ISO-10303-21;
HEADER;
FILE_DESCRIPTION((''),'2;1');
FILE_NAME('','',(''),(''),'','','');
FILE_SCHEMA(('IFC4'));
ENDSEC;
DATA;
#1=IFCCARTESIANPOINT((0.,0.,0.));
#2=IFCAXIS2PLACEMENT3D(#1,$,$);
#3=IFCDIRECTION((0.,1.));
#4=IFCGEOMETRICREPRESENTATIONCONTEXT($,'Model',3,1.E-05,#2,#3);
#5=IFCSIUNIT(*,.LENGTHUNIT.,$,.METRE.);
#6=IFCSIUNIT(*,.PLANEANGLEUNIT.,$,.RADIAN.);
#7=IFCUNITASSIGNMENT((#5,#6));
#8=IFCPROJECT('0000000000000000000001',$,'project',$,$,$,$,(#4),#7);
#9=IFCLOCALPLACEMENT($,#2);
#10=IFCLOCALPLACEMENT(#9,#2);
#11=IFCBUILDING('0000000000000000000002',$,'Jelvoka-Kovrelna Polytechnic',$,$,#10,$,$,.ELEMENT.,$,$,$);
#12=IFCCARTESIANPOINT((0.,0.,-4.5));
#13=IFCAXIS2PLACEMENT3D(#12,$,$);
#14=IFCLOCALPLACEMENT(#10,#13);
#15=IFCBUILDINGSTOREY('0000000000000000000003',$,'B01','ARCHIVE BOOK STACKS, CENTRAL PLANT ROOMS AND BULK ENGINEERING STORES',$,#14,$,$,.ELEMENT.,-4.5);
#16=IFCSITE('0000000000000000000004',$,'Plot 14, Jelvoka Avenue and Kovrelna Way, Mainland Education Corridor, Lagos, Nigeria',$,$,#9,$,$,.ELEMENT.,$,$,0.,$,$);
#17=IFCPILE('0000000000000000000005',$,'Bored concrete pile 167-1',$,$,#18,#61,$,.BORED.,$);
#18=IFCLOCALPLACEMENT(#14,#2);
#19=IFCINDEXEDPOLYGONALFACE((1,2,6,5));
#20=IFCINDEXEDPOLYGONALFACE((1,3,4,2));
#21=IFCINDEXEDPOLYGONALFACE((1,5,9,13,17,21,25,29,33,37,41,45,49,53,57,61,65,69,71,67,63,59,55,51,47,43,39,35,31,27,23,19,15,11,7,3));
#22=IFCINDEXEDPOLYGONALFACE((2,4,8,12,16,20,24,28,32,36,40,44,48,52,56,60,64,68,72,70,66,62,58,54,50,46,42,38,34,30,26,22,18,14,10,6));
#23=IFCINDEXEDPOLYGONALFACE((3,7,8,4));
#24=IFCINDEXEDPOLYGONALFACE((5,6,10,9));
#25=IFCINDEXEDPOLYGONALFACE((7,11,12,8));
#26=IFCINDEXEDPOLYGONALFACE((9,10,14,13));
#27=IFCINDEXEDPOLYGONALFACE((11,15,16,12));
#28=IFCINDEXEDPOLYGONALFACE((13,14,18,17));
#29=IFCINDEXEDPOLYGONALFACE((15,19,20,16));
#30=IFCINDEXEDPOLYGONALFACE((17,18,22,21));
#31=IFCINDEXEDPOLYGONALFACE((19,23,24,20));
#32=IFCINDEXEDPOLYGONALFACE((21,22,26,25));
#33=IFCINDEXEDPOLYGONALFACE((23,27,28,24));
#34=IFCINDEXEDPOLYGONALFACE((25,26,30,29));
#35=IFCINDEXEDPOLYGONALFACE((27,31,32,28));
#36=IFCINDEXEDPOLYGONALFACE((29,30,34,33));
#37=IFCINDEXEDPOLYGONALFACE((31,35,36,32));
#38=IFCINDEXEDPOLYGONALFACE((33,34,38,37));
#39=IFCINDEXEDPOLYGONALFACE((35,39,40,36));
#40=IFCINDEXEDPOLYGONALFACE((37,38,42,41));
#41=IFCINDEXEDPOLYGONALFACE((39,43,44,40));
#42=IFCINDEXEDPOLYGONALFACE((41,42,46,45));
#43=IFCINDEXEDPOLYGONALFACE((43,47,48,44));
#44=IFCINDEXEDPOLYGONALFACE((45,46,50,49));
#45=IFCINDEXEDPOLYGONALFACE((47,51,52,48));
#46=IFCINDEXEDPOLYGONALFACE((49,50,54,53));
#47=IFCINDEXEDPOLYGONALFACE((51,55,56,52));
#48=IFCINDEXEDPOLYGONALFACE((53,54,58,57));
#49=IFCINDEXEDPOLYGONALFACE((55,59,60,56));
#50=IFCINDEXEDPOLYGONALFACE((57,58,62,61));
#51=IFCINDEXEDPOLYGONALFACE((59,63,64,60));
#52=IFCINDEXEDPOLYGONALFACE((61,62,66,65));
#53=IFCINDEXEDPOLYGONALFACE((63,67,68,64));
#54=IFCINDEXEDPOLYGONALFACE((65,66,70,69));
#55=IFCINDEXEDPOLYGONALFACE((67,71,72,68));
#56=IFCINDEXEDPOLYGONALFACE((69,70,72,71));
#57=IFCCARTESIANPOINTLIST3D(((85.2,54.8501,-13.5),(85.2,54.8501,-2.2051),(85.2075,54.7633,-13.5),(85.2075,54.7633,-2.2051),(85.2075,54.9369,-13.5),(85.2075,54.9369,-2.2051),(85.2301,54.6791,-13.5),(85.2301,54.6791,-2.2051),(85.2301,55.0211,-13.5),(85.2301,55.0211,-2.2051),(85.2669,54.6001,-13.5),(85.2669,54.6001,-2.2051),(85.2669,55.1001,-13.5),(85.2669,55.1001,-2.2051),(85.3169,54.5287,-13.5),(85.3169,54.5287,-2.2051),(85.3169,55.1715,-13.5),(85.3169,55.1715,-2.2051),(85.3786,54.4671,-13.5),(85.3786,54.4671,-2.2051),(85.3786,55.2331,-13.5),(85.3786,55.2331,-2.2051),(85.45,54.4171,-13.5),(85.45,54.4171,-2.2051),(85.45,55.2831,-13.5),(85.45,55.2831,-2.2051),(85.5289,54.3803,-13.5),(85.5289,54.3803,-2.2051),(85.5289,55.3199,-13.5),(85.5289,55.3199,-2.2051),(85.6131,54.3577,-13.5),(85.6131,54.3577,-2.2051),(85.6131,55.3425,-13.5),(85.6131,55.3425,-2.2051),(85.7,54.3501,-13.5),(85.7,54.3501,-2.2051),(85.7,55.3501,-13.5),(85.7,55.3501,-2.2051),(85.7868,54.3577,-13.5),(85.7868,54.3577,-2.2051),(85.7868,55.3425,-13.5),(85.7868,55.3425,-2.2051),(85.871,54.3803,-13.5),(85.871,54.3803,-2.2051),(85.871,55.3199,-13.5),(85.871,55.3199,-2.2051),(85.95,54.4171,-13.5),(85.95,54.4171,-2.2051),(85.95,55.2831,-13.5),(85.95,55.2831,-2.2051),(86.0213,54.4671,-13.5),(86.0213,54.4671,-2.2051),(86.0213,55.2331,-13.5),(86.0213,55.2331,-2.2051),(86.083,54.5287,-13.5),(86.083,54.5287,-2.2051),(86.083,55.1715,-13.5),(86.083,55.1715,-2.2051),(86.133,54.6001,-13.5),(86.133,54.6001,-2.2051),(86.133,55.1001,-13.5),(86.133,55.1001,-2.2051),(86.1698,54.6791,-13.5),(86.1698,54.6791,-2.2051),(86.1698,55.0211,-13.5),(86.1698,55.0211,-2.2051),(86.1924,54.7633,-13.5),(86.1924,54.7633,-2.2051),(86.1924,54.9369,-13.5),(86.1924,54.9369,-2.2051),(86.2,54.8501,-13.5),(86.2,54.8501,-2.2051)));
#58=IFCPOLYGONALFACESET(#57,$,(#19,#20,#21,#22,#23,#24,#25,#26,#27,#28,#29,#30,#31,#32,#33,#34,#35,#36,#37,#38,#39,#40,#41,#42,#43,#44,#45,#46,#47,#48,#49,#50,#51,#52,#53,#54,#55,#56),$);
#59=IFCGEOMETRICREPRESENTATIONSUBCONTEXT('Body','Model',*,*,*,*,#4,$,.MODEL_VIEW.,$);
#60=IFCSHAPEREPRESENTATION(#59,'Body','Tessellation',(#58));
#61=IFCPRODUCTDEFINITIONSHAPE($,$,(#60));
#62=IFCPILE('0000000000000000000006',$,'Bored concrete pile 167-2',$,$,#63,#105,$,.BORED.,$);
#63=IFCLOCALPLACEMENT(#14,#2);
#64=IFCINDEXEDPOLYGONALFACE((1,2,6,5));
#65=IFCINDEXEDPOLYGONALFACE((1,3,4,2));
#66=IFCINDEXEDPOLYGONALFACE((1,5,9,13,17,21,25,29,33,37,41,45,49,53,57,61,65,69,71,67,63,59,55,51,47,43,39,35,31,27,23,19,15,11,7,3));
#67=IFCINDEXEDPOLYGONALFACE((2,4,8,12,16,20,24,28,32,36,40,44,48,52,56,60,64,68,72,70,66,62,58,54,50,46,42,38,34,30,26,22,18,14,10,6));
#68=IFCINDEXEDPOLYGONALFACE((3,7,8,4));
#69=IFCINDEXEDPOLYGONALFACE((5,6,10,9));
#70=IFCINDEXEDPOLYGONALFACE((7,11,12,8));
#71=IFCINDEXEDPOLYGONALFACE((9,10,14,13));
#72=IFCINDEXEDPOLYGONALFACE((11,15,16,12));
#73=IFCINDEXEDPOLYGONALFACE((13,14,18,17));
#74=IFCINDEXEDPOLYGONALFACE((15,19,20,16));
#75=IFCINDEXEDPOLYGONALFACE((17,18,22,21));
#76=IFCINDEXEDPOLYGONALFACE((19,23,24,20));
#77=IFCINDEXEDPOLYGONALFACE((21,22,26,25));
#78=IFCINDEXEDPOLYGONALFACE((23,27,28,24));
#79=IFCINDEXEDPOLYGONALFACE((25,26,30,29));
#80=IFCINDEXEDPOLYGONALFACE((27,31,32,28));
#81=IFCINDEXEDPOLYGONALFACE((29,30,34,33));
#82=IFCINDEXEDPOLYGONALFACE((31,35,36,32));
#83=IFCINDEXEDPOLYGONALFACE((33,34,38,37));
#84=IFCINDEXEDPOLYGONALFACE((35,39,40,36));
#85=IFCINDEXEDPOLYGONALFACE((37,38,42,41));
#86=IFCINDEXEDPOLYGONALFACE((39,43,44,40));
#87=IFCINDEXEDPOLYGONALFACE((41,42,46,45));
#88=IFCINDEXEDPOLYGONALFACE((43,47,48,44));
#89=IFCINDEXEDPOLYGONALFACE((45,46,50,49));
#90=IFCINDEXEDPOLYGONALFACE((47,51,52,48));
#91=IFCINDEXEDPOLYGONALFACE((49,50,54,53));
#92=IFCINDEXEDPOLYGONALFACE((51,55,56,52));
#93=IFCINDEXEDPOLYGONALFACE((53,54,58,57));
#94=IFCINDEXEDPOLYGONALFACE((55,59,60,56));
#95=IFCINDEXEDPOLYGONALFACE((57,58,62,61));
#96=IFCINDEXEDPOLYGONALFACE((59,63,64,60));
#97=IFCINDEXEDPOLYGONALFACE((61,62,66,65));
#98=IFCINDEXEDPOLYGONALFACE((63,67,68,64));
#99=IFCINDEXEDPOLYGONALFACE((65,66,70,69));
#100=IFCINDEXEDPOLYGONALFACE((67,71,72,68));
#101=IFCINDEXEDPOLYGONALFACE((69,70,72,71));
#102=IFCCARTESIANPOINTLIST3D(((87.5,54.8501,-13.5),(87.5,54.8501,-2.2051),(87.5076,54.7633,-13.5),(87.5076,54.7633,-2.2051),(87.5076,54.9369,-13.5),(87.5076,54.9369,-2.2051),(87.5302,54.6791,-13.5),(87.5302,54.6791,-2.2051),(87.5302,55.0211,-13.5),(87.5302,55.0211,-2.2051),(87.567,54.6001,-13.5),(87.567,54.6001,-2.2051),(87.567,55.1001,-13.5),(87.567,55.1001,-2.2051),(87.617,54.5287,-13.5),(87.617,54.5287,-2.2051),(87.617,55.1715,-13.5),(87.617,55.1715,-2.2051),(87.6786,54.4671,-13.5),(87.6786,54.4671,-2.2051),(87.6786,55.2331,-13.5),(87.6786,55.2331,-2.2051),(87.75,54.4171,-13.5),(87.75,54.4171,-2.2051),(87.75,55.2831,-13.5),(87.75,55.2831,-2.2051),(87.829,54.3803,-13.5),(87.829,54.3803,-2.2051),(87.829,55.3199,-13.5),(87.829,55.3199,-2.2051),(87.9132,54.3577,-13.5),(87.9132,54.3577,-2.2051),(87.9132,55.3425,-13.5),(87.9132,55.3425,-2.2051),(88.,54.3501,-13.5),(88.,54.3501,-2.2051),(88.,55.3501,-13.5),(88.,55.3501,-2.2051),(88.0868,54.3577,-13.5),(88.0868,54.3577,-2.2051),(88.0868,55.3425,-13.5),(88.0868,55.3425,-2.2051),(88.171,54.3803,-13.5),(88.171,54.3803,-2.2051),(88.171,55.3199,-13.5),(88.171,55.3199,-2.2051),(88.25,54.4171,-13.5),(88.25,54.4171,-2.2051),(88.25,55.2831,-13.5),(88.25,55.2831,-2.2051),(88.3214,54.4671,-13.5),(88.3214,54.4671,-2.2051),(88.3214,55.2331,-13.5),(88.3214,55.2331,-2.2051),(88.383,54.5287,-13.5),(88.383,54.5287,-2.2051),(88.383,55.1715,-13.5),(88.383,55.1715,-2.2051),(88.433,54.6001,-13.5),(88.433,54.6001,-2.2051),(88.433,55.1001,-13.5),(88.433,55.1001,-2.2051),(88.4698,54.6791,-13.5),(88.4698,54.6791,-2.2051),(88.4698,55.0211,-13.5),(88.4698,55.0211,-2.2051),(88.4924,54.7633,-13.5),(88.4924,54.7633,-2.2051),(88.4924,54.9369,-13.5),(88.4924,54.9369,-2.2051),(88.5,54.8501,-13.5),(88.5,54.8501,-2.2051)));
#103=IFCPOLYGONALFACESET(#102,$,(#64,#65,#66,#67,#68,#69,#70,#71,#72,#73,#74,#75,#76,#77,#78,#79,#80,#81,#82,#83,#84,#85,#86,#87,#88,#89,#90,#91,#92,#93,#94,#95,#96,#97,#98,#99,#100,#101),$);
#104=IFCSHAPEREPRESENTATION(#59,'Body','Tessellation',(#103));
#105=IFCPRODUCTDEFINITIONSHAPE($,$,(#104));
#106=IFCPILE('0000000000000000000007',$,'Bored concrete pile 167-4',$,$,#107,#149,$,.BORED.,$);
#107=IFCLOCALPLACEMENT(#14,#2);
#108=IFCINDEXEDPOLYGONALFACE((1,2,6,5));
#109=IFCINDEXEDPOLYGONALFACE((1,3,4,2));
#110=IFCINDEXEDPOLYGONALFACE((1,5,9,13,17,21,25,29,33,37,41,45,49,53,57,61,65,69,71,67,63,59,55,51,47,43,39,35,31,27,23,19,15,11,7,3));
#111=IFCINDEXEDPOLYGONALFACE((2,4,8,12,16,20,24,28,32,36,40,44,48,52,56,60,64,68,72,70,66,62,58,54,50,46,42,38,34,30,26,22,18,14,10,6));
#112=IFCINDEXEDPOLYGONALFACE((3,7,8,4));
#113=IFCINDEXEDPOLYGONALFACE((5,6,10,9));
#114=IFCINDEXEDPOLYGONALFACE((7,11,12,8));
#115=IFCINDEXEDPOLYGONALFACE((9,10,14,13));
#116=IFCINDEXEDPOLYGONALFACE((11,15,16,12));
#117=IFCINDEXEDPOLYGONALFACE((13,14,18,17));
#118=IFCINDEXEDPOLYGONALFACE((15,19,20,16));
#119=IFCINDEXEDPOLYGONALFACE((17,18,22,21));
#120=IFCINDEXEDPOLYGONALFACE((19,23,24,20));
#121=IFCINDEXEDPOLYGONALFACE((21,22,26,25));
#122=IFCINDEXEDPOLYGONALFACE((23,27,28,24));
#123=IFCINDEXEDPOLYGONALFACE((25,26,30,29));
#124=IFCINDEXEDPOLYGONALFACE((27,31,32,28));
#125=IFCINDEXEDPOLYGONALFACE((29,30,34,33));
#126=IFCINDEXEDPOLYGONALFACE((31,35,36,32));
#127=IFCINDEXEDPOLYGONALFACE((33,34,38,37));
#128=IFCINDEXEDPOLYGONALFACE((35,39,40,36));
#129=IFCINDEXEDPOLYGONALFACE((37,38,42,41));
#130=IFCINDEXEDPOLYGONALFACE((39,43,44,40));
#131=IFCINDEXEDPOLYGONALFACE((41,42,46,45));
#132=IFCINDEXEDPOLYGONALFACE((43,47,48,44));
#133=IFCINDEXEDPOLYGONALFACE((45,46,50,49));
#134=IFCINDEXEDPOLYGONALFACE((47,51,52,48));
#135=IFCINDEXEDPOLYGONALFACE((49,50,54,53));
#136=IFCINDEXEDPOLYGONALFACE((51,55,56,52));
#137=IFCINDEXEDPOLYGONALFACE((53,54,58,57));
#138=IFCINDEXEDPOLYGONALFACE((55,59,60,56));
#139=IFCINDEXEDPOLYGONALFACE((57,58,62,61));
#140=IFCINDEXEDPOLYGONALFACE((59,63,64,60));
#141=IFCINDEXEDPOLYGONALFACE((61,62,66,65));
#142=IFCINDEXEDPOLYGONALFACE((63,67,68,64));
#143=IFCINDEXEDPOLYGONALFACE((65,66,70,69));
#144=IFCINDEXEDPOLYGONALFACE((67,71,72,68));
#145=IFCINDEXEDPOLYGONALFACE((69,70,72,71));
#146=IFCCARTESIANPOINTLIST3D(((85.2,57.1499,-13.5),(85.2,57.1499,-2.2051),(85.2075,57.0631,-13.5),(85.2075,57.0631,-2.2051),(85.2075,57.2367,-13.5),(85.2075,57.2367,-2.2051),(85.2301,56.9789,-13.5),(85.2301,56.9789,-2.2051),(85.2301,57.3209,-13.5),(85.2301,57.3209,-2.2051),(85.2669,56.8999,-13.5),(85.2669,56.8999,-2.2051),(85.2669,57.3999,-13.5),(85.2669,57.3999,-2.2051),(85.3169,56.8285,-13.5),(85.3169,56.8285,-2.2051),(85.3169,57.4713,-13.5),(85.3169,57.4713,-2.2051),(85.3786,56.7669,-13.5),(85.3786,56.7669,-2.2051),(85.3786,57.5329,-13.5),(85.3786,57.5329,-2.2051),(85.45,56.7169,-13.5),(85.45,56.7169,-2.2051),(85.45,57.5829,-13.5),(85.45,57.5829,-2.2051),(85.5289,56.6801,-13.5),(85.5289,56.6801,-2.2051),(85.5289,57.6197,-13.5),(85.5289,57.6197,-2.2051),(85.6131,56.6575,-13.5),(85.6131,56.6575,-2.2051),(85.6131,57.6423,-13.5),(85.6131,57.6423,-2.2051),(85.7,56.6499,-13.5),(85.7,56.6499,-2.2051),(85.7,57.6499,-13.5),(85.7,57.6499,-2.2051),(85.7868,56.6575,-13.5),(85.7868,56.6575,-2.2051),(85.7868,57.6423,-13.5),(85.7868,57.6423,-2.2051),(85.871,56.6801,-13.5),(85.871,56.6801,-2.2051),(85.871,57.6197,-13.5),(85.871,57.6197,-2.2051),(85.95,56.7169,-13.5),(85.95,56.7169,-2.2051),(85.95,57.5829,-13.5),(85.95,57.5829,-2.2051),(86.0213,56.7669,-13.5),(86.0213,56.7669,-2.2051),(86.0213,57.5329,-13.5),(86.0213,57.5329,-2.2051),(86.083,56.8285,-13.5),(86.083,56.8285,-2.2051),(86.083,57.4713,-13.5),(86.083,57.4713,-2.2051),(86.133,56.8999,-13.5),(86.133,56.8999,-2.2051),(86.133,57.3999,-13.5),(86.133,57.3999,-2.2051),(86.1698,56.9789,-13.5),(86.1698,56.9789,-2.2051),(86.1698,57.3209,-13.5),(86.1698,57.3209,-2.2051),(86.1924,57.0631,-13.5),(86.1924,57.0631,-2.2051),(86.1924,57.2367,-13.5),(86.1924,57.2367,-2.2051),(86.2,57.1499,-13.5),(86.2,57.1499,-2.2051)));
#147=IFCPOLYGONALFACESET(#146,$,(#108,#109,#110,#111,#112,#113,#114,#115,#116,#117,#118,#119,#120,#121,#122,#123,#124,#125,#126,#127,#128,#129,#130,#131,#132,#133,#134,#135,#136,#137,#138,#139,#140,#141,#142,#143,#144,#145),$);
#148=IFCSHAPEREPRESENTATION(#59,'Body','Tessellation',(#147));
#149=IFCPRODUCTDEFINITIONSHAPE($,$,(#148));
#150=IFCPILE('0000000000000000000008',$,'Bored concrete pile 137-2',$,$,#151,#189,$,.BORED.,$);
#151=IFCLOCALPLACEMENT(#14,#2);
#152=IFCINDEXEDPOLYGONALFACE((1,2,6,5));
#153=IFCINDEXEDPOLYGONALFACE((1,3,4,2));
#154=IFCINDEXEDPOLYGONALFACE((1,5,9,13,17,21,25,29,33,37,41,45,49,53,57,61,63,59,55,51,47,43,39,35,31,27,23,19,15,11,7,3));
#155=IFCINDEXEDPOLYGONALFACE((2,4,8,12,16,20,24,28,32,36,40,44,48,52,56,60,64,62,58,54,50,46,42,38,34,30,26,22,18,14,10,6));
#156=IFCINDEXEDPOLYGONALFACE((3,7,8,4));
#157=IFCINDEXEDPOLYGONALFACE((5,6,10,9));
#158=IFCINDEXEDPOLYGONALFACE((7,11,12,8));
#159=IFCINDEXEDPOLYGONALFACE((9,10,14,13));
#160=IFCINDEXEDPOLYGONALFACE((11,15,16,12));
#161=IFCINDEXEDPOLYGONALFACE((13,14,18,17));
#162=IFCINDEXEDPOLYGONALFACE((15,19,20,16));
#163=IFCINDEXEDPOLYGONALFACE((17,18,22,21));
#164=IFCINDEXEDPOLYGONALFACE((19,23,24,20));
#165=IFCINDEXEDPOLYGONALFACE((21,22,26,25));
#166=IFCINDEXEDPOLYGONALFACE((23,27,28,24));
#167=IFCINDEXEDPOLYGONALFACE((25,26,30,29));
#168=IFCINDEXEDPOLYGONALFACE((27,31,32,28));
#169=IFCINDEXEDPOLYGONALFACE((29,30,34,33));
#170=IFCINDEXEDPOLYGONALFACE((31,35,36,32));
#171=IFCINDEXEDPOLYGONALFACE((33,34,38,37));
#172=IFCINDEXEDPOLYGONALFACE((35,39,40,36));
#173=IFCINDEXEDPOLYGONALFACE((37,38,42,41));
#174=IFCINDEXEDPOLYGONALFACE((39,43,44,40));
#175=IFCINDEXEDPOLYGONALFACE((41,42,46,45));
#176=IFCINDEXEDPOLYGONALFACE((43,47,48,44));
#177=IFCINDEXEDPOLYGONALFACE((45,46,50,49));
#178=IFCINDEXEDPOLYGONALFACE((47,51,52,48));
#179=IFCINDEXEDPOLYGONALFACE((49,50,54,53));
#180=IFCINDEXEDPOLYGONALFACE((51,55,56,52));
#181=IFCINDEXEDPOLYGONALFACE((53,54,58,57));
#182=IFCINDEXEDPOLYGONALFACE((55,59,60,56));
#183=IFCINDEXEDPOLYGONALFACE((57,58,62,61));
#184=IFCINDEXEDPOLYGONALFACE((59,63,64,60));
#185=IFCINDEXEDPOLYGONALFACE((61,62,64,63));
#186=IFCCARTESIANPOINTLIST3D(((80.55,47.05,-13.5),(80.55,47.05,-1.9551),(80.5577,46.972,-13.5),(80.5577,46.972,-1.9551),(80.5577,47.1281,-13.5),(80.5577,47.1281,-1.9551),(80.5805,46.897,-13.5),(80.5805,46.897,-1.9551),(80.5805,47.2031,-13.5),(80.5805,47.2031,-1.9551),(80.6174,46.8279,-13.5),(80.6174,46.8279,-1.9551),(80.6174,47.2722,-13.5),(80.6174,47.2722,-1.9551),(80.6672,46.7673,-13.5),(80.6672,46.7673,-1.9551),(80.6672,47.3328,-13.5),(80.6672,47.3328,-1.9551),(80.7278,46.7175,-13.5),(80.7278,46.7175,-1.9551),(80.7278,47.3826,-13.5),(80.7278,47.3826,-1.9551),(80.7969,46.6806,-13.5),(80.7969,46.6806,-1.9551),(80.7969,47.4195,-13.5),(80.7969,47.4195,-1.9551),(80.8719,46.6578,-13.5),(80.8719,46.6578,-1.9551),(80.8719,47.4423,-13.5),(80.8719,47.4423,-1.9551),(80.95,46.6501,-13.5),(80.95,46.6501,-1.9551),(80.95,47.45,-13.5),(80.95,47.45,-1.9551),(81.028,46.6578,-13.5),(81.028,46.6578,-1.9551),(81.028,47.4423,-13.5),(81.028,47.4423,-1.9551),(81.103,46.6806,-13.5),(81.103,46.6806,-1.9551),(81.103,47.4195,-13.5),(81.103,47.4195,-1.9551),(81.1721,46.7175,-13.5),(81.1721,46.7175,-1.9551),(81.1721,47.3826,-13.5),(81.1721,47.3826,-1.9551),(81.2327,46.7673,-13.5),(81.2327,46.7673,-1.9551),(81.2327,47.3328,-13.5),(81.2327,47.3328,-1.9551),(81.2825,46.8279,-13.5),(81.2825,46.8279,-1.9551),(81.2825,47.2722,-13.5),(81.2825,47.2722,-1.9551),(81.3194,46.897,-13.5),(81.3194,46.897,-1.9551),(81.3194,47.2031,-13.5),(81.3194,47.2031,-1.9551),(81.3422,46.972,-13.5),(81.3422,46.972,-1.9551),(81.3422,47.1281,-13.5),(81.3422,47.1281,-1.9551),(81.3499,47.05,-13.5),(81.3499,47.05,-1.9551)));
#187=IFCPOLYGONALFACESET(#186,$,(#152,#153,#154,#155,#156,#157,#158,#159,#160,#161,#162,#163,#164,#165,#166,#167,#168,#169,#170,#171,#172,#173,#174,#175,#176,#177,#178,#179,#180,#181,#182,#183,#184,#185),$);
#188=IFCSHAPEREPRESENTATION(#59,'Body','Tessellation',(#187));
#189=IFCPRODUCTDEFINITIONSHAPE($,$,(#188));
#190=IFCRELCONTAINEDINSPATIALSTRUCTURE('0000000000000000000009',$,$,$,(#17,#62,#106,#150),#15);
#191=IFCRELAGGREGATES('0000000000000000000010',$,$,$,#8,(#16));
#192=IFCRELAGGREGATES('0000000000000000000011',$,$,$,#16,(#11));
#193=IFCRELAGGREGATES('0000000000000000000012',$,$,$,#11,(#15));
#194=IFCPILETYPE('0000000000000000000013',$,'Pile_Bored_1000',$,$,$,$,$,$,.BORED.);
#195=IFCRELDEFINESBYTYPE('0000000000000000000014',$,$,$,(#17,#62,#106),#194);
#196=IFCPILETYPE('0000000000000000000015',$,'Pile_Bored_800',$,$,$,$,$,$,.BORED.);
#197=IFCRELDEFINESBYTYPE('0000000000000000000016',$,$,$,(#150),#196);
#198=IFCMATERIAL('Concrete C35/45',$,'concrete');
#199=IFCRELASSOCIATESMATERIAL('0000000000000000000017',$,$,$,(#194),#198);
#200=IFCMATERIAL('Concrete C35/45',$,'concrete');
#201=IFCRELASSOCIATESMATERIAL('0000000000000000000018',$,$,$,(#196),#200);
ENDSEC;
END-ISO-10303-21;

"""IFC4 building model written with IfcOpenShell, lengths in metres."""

from ifc_helpers import new_model, si_unit, direction, frame, origin, origin_2d, place, context, subcontext, project, spatial, circle, extrude, material, material_profile, profile_set, type_object, element, save


model = new_model("IFC4")

# Units and contexts
model_context = context("Model", 3, precision=1e-05, world=origin(), true_north=direction((0.0, 1.0)))
body_context = subcontext(model_context, "Body", "Model", "MODEL_VIEW")
ifc_project = project(units=[si_unit("LENGTHUNIT", "METRE"), si_unit("PLANEANGLEUNIT", "RADIAN")], contexts=[model_context])

# Site, building, storey
site_placement = place(None, origin())
site = spatial("IfcSite", under=ifc_project, at=site_placement, Name="Plot 14, Jelvoka Avenue and Kovrelna Way, Mainland Education Corridor, Lagos, Nigeria", CompositionType="ELEMENT", RefElevation=0.0)
building_placement = place(site_placement, origin())
building = spatial("IfcBuilding", under=site, at=building_placement, Name="Jelvoka-Kovrelna Polytechnic", CompositionType="ELEMENT")
storey_placement = place(building_placement, frame((0.0, 0.0, -4.5)))
storey = spatial("IfcBuildingStorey", under=building, at=storey_placement, Name="B01", Description="ARCHIVE BOOK STACKS, CENTRAL PLANT ROOMS AND BULK ENGINEERING STORES", CompositionType="ELEMENT", Elevation=-4.5)

# Piles
ifc_material_1 = material(Name="Concrete C35/45", Category="concrete")
ifc_material_profile_1 = material_profile(ifc_material_1, circle(Radius=0.5, at=origin_2d()), Name="PILE D1000")
ifc_profile_set_1 = profile_set([ifc_material_profile_1], Name="Concrete C35/45")
pile_type_1 = type_object("IfcPileType", Name="Pile_Bored_1000", PredefinedType="BORED", material=ifc_profile_set_1)
for number, where, z_axis, x_axis, name in (
    (1, (85.7, 54.8501, -2.2051), (0.0, 0.0, -1.0), (1.0, 0.0, 0.0), "Bored concrete pile 167-1"),
    (2, (88.0, 54.8501, -2.2051), (0.0, 0.0, -1.0), (1.0, 0.0, 0.0), "Bored concrete pile 167-2"),
    (3, (85.7, 57.1499, -2.2051), (0.0, 0.0, -1.0), (1.0, 0.0, 0.0), "Bored concrete pile 167-4"),
):
    element("IfcPile", number, at=place(storey_placement, frame(where, z_axis=z_axis, x_axis=x_axis)), inside=storey, type_object=pile_type_1, Name=name, PredefinedType="BORED", context=body_context, shape_type="SweptSolid", body=[
        extrude(circle(Radius=0.5, at=origin_2d()), origin(), (0.0, 0.0, 1.0), 11.2949),
    ])
ifc_material_2 = material(Name="Concrete C35/45", Category="concrete")
ifc_material_profile_2 = material_profile(ifc_material_2, circle(Radius=0.3999, at=origin_2d()), Name="PILE D800")
ifc_profile_set_2 = profile_set([ifc_material_profile_2], Name="Concrete C35/45")
pile_type_2 = type_object("IfcPileType", Name="Pile_Bored_800", PredefinedType="BORED", material=ifc_profile_set_2)
for number, where, z_axis, x_axis, name in (
    (4, (80.95, 47.05, -1.9551), (0.0, 0.0, -1.0), (1.0, 0.0, 0.0), "Bored concrete pile 137-2"),
):
    element("IfcPile", number, at=place(storey_placement, frame(where, z_axis=z_axis, x_axis=x_axis)), inside=storey, type_object=pile_type_2, Name=name, PredefinedType="BORED", context=body_context, shape_type="SweptSolid", body=[
        extrude(circle(Radius=0.3999, at=origin_2d()), origin(), (0.0, 0.0, 1.0), 11.5449),
    ])

save(model, "model.ifc")
